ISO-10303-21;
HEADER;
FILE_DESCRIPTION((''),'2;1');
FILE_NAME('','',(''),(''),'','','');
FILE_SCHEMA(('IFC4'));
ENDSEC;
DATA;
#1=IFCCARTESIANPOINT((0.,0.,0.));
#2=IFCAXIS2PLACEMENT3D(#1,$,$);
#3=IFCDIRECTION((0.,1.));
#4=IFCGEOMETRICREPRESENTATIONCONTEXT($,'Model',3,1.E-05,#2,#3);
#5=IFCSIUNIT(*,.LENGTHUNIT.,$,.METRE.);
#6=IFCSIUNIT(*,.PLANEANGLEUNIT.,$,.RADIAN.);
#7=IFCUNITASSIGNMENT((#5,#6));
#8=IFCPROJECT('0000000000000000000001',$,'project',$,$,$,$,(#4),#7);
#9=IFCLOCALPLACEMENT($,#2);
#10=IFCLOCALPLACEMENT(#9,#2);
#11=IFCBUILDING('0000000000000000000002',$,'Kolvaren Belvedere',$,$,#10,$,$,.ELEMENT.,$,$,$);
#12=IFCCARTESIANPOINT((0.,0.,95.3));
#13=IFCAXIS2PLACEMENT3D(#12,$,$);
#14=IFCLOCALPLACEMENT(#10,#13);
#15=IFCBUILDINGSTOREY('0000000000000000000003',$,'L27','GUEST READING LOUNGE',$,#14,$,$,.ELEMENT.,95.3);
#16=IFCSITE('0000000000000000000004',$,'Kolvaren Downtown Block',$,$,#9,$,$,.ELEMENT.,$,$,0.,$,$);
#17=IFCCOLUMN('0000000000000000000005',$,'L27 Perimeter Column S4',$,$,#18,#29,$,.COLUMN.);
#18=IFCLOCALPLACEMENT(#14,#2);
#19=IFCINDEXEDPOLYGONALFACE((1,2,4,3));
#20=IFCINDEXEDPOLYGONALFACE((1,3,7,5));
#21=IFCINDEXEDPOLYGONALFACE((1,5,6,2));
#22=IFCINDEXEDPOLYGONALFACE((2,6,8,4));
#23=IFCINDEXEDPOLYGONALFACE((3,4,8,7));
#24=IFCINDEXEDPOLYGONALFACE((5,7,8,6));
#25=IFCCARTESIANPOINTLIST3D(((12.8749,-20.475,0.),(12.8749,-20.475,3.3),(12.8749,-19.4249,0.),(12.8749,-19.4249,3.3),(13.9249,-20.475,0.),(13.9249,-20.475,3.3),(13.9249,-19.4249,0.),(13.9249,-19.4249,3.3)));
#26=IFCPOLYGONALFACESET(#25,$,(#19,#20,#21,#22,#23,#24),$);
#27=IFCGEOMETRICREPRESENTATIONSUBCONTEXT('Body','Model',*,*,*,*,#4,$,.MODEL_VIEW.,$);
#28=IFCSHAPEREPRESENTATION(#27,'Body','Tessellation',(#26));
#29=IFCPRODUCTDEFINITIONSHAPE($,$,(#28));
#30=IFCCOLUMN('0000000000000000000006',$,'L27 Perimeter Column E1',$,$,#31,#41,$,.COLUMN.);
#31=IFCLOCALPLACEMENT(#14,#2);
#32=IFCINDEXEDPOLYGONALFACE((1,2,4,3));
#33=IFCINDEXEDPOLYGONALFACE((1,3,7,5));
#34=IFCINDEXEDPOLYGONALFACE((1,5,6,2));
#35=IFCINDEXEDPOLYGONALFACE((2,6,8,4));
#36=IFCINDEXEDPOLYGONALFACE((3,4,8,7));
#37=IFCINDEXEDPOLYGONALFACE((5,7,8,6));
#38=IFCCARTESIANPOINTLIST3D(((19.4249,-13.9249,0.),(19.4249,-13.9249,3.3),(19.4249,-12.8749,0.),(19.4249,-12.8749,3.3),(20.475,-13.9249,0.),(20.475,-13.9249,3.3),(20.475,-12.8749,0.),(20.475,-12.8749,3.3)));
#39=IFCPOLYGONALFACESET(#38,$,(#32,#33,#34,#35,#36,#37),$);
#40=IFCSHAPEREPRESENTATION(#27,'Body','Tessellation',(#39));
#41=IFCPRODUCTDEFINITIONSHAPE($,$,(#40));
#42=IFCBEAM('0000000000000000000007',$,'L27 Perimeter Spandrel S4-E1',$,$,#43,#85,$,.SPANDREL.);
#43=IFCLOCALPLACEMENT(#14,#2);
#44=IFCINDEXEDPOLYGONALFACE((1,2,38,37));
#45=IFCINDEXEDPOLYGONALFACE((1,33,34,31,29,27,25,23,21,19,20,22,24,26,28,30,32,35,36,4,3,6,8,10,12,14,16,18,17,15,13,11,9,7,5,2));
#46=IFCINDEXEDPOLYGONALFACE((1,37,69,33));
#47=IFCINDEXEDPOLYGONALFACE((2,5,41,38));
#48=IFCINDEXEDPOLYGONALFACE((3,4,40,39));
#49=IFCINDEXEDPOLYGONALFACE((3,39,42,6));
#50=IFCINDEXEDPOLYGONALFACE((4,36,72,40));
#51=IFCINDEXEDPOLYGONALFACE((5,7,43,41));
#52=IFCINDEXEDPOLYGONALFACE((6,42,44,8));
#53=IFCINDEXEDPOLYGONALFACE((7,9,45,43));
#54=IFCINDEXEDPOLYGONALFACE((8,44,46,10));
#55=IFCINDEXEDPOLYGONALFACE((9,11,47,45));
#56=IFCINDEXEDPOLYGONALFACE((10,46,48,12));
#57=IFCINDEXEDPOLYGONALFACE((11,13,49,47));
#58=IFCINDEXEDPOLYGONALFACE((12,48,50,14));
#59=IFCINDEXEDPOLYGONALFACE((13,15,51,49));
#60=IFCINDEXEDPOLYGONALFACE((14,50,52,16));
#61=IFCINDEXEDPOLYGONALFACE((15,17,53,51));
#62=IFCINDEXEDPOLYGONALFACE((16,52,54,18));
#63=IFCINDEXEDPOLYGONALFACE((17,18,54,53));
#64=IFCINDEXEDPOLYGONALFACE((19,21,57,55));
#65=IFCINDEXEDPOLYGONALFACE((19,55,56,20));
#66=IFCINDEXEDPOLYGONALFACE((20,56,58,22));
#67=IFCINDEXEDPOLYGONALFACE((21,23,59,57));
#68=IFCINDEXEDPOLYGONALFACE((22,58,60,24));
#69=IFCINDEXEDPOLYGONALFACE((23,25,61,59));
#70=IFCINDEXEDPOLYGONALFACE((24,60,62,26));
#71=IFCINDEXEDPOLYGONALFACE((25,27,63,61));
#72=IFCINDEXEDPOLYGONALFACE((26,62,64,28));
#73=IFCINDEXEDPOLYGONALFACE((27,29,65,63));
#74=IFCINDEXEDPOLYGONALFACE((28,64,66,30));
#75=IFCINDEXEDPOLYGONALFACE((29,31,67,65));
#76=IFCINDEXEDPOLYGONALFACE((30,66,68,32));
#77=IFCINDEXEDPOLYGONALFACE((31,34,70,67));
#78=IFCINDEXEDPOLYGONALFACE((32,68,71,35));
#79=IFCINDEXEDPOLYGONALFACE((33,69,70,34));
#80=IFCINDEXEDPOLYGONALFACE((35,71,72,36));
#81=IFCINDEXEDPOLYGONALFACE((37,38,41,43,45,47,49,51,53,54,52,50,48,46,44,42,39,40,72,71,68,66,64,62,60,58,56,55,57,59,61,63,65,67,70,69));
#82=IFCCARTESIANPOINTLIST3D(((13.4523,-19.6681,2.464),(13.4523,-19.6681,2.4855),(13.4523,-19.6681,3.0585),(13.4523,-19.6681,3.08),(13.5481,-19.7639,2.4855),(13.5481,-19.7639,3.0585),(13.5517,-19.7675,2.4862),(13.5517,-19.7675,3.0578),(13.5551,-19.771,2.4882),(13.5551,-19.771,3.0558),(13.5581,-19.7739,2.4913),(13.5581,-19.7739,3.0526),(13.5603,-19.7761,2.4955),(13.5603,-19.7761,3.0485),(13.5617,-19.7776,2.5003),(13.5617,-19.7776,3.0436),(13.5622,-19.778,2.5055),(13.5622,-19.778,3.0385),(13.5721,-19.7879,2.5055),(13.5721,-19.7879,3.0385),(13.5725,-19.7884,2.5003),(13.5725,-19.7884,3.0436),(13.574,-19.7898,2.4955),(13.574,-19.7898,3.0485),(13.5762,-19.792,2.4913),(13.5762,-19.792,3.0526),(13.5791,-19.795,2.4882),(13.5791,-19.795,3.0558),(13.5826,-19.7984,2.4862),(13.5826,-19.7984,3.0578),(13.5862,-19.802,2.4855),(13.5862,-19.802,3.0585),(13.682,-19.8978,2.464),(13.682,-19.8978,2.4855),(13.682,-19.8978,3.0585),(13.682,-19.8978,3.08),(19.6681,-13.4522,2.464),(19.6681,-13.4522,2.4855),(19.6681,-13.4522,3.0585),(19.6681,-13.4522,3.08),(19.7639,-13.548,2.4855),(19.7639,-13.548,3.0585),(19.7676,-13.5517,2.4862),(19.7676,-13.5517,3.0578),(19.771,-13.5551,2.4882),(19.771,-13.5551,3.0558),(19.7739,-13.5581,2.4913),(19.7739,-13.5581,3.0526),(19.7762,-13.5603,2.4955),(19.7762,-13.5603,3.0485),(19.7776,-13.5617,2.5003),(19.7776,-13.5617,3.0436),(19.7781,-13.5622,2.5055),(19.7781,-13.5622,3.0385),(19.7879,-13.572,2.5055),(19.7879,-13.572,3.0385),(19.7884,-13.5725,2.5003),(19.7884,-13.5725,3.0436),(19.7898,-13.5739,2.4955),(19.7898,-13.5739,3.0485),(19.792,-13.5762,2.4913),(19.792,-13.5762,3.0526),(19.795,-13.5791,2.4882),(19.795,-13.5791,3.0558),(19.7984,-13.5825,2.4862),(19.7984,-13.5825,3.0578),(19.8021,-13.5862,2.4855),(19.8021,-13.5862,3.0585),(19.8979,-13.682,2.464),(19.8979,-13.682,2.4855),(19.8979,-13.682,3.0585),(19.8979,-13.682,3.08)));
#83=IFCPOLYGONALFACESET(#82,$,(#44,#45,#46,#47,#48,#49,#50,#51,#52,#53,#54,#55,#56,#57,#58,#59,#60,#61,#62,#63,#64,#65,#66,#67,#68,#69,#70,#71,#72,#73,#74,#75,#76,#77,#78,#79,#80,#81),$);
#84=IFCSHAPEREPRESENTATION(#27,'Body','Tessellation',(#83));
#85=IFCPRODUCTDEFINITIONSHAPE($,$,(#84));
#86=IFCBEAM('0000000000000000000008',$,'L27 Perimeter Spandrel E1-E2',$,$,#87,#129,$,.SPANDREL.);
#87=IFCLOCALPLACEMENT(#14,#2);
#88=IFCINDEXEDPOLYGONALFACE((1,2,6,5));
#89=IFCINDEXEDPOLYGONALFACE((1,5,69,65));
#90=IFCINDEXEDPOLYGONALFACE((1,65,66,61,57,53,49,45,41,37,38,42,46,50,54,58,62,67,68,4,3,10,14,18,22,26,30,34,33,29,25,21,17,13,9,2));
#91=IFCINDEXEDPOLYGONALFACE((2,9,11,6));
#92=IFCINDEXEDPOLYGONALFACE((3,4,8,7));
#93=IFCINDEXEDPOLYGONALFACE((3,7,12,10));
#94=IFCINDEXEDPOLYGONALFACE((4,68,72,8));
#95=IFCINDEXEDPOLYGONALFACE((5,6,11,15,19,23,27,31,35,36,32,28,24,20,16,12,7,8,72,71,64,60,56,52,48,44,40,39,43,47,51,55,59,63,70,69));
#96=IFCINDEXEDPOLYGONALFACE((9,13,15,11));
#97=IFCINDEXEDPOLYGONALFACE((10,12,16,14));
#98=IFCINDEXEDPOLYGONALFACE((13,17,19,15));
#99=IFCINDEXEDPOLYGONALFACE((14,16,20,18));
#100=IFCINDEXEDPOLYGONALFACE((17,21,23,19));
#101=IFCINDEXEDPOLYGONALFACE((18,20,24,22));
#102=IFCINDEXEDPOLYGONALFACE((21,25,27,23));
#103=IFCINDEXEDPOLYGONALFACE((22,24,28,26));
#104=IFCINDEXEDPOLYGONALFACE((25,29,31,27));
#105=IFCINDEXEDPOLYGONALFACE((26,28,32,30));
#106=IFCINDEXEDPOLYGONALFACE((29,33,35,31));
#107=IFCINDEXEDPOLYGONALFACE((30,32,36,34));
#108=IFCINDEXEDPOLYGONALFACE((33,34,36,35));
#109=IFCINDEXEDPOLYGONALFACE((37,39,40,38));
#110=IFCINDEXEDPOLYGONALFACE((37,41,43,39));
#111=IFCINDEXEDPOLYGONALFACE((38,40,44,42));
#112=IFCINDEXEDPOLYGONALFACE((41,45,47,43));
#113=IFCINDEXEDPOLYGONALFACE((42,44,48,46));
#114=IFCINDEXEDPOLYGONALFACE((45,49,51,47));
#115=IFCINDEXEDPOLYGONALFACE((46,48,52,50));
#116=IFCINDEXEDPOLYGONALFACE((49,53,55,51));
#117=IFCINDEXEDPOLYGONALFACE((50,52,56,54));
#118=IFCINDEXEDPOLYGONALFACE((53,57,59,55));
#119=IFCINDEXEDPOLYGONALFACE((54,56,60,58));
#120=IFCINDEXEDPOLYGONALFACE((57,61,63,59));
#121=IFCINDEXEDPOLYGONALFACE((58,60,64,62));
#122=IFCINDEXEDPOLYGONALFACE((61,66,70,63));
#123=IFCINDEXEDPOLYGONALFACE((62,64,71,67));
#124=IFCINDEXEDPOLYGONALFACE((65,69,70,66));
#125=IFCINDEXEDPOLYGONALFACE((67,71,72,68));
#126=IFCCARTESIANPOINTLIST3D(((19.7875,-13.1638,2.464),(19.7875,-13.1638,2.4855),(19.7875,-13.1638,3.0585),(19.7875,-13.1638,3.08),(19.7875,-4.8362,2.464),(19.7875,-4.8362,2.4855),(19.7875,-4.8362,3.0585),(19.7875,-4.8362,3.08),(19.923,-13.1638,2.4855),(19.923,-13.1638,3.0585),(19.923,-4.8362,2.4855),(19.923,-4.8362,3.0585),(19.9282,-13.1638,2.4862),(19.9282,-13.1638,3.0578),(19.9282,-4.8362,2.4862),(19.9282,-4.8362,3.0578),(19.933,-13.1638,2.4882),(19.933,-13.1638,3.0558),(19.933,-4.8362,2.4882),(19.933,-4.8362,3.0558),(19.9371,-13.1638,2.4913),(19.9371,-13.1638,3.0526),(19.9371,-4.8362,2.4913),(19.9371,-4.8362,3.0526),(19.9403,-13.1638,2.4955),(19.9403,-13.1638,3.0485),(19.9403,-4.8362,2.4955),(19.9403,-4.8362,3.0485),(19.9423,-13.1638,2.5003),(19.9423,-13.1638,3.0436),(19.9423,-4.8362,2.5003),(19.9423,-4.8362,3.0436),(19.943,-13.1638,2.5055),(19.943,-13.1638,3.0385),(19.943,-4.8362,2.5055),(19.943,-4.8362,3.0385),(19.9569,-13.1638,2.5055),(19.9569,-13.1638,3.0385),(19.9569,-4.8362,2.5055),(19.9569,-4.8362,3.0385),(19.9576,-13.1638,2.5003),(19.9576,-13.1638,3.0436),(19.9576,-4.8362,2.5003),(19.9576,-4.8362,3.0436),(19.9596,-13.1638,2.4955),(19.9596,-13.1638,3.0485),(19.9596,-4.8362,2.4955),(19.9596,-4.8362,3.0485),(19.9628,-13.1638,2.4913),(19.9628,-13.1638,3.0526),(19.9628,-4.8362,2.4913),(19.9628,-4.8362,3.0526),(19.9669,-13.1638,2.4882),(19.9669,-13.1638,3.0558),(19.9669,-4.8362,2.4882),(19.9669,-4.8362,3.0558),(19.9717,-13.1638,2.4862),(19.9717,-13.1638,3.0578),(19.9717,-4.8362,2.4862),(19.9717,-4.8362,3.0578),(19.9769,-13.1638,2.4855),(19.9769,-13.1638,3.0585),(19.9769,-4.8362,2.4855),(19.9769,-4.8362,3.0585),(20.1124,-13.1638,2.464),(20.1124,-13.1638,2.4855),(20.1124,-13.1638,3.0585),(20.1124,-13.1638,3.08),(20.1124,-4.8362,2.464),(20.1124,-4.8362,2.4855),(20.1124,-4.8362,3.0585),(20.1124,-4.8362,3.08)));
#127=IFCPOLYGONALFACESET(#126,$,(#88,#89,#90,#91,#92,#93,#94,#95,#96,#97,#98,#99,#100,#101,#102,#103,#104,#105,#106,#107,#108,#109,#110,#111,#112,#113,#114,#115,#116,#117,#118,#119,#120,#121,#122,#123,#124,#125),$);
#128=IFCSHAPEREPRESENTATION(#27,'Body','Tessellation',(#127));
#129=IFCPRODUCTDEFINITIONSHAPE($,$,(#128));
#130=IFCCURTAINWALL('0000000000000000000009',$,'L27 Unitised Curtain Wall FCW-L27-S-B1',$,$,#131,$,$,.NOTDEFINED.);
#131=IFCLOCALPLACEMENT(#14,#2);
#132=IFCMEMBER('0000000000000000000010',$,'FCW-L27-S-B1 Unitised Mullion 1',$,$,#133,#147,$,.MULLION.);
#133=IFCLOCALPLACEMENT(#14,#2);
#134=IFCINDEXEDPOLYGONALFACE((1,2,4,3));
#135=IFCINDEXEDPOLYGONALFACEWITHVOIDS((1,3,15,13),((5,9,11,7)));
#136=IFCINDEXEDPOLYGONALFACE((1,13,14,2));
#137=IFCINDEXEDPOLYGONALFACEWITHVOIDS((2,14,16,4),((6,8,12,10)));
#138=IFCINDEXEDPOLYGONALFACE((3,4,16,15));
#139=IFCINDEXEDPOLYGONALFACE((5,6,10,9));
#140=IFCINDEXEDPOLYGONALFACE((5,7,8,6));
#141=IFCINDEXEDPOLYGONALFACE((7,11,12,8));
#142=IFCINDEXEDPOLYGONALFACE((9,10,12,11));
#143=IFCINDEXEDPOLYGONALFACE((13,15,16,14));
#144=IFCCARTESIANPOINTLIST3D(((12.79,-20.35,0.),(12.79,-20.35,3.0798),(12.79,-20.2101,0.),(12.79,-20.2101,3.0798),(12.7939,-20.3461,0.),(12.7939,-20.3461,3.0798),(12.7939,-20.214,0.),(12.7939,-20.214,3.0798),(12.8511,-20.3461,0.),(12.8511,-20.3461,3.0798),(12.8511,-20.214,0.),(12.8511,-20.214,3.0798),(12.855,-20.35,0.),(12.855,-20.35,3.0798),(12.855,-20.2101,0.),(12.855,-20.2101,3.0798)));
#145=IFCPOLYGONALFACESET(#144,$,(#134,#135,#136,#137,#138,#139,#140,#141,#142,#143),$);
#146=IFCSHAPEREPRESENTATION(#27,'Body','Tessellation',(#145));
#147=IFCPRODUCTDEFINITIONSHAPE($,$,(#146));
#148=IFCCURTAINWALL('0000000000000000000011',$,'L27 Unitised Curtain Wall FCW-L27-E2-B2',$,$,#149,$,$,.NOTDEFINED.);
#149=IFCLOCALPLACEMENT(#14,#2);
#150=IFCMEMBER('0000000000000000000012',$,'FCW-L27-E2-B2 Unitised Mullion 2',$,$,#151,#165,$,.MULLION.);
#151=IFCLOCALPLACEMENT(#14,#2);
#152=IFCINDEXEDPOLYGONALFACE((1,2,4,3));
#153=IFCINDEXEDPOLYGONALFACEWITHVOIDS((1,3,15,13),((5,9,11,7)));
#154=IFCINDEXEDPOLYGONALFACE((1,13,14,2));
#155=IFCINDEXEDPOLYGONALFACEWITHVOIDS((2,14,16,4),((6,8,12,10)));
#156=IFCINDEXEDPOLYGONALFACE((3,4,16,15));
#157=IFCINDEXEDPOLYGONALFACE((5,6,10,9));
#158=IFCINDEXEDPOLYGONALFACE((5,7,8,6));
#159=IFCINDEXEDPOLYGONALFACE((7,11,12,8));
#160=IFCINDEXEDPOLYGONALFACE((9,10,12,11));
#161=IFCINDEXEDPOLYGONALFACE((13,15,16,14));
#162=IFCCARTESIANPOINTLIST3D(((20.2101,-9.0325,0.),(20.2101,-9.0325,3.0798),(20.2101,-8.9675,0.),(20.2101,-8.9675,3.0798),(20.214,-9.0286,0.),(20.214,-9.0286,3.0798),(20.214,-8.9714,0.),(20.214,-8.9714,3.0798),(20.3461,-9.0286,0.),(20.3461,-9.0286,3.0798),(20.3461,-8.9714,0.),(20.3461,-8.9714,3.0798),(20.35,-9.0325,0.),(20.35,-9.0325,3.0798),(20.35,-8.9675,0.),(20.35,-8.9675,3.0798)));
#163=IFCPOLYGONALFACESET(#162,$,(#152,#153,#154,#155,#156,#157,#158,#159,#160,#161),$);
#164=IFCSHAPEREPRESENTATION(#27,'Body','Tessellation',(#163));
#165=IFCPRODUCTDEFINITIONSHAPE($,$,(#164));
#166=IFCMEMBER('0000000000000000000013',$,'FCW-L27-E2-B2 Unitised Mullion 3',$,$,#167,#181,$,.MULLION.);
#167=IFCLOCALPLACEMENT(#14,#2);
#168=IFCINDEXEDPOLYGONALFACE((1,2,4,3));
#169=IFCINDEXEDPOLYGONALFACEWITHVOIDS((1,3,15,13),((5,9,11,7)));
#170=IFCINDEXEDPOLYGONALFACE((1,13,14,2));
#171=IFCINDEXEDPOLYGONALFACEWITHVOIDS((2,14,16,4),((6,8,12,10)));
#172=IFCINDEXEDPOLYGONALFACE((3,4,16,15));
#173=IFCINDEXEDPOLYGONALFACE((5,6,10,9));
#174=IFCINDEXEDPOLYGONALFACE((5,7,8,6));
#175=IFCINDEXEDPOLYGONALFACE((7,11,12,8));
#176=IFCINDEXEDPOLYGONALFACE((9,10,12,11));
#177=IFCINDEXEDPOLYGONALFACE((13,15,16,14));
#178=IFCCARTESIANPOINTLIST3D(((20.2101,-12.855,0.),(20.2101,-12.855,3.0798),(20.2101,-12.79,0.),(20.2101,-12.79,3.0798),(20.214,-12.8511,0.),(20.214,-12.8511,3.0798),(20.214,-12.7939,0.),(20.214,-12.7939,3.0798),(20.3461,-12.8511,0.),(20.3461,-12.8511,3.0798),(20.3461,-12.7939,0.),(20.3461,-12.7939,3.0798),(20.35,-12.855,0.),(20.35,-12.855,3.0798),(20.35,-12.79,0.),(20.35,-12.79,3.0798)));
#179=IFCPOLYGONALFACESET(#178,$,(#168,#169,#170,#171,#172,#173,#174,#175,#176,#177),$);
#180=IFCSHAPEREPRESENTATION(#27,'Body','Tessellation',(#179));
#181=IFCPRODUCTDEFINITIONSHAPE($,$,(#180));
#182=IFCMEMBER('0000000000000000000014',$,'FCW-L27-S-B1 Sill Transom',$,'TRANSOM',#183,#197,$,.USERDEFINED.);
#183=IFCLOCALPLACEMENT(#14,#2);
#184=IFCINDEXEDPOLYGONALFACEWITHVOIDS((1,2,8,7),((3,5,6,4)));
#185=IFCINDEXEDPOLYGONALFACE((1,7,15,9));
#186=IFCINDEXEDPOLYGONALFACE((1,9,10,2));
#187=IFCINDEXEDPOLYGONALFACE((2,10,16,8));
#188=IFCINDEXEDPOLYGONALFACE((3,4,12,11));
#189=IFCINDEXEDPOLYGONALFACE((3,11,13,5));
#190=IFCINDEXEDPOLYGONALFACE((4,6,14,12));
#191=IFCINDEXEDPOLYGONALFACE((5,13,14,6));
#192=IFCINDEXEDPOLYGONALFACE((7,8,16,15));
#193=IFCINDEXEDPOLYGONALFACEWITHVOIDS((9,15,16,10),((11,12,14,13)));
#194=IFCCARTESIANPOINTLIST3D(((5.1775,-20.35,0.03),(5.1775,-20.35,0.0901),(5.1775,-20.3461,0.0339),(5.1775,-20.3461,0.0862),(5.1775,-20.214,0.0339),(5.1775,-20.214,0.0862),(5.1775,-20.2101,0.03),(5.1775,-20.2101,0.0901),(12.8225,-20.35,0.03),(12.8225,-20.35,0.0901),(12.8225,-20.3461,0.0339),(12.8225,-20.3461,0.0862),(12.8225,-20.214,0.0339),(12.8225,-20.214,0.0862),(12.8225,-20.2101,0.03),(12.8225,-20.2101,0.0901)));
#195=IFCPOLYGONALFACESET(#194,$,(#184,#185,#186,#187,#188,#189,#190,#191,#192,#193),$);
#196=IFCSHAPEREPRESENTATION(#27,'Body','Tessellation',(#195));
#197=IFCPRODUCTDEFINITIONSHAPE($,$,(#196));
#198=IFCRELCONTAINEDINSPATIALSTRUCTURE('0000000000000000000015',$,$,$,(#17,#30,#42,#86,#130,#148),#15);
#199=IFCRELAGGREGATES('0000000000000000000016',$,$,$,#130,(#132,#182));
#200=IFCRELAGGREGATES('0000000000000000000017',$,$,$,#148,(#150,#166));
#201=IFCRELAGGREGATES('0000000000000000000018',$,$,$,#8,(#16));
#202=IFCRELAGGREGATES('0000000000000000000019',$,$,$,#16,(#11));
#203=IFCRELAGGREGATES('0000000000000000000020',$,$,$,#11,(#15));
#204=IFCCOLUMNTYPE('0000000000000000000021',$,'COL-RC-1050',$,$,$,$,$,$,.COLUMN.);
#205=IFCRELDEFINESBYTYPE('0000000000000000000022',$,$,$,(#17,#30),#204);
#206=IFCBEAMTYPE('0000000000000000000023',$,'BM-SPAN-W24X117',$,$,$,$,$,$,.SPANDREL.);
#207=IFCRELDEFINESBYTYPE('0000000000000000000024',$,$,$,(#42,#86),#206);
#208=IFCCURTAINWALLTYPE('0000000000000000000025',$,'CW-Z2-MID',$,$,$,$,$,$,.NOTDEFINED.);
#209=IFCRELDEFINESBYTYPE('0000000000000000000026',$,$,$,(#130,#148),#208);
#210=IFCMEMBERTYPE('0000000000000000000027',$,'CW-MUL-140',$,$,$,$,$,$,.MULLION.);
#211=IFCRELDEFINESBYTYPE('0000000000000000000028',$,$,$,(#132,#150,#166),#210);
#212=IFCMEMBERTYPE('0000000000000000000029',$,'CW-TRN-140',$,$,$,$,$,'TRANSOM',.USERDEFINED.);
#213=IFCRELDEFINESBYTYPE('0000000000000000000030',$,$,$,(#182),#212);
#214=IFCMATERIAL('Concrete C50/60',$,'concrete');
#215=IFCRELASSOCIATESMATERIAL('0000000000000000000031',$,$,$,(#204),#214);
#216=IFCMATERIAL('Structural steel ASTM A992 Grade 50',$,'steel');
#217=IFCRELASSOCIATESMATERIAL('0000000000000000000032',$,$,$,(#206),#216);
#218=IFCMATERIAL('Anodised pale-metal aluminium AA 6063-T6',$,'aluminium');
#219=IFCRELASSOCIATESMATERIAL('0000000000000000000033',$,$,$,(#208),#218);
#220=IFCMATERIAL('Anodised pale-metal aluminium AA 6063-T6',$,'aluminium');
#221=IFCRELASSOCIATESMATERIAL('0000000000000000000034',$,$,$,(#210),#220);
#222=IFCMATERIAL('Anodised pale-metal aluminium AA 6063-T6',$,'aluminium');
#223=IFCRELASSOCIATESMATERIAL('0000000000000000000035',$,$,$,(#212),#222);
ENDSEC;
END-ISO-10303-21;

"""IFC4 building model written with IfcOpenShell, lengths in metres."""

from ifc_helpers import new_model, si_unit, direction, frame, origin, origin_2d, place, context, subcontext, project, spatial, rectangle, hollow_rectangle, i_section, extrude, material, material_profile, profile_set, type_object, element, aggregate, save


model = new_model("IFC4")

# Units and contexts
model_context = context("Model", 3, precision=1e-05, world=origin(), true_north=direction((0.0, 1.0)))
body_context = subcontext(model_context, "Body", "Model", "MODEL_VIEW")
ifc_project = project(units=[si_unit("LENGTHUNIT", "METRE"), si_unit("PLANEANGLEUNIT", "RADIAN")], contexts=[model_context])

# Site, building, storey
site_placement = place(None, origin())
site = spatial("IfcSite", under=ifc_project, at=site_placement, Name="Kolvaren Downtown Block", CompositionType="ELEMENT", RefElevation=0.0)
building_placement = place(site_placement, origin())
building = spatial("IfcBuilding", under=site, at=building_placement, Name="Kolvaren Belvedere", CompositionType="ELEMENT")
storey_placement = place(building_placement, frame((0.0, 0.0, 95.3)))
storey = spatial("IfcBuildingStorey", under=building, at=storey_placement, Name="L27", Description="GUEST READING LOUNGE", CompositionType="ELEMENT", Elevation=95.3)

# Columns
ifc_material_1 = material(Name="Concrete C50/60", Category="concrete")
ifc_material_profile_1 = material_profile(ifc_material_1, rectangle(XDim=1.05, YDim=1.05, at=origin_2d()), Name="RC 1050X1050")
ifc_profile_set_1 = profile_set([ifc_material_profile_1], Name="Concrete C50/60")
column_type = type_object("IfcColumnType", Name="COL-RC-1050", PredefinedType="COLUMN", material=ifc_profile_set_1)
for number, where, z_axis, x_axis, name in (
    (1, (13.3999, -19.95, 0.0), (0.0, 0.0, 1.0), (1.0, 0.0, 0.0), "L27 Perimeter Column S4"),
    (2, (19.95, -13.3999, 0.0), (0.0, 0.0, 1.0), (1.0, 0.0, 0.0), "L27 Perimeter Column E1"),
):
    element("IfcColumn", number, at=place(storey_placement, frame(where, z_axis=z_axis, x_axis=x_axis)), inside=storey, type_object=column_type, Name=name, PredefinedType="COLUMN", context=body_context, shape_type="SweptSolid", body=[
        extrude(rectangle(XDim=1.05, YDim=1.05, at=origin_2d()), origin(), (0.0, 0.0, 1.0), 3.3),
    ])

# Beams
ifc_material_2 = material(Name="Structural steel ASTM A992 Grade 50", Category="steel")
ifc_material_profile_2 = material_profile(ifc_material_2, i_section(OverallWidth=0.325, OverallDepth=0.616, WebThickness=0.0139, FlangeThickness=0.0215, FilletRadius=0.02, at=origin_2d()), Name="W24X117")
ifc_profile_set_2 = profile_set([ifc_material_profile_2], Name="Structural steel ASTM A992 Grade 50")
beam_type = type_object("IfcBeamType", Name="BM-SPAN-W24X117", PredefinedType="SPANDREL", material=ifc_profile_set_2)
beam_1_placement = place(storey_placement, frame((13.5671, -19.783, 2.772), z_axis=(0.707107, 0.707107, 0.0), x_axis=(-0.707107, 0.707107, 0.0)))
element("IfcBeam", 3, at=beam_1_placement, inside=storey, type_object=beam_type, Name="L27 Perimeter Spandrel S4-E1", PredefinedType="SPANDREL", context=body_context, shape_type="SweptSolid", body=[
    extrude(i_section(OverallWidth=0.325, OverallDepth=0.616, WebThickness=0.0139, FlangeThickness=0.0215, FilletRadius=0.02, at=origin_2d()), origin(), (0.0, 0.0, 1.0), 8.7905),
])
beam_2_placement = place(storey_placement, frame((19.95, -13.1638, 2.772), z_axis=(0.0, 1.0, 0.0), x_axis=(-1.0, 0.0, 0.0)))
element("IfcBeam", 4, at=beam_2_placement, inside=storey, type_object=beam_type, Name="L27 Perimeter Spandrel E1-E2", PredefinedType="SPANDREL", context=body_context, shape_type="SweptSolid", body=[
    extrude(i_section(OverallWidth=0.325, OverallDepth=0.616, WebThickness=0.0139, FlangeThickness=0.0215, FilletRadius=0.02, at=origin_2d()), origin(), (0.0, 0.0, 1.0), 8.3276),
])

# Curtain wall, member
ifc_material_3 = material(Name="Anodised pale-metal aluminium AA 6063-T6", Category="aluminium")
curtain_wall_type = type_object("IfcCurtainWallType", Name="CW-Z2-MID", PredefinedType="NOTDEFINED", material=ifc_material_3)
curtain_wall_1_placement = place(storey_placement, origin())
curtain_wall_1 = element("IfcCurtainWall", 5, at=curtain_wall_1_placement, inside=storey, type_object=curtain_wall_type, Name="L27 Unitised Curtain Wall FCW-L27-S-B1", PredefinedType="NOTDEFINED")
ifc_material_4 = material(Name="Anodised pale-metal aluminium AA 6063-T6", Category="aluminium")
ifc_material_profile_3 = material_profile(ifc_material_4, hollow_rectangle(XDim=0.0649, YDim=0.1399, WallThickness=0.0039, at=origin_2d()), Name="ALU-MUL-140X65")
ifc_profile_set_3 = profile_set([ifc_material_profile_3], Name="Anodised pale-metal aluminium AA 6063-T6")
member_type_1 = type_object("IfcMemberType", Name="CW-MUL-140", PredefinedType="MULLION", material=ifc_profile_set_3)
member_1_placement = place(storey_placement, frame((12.8225, -20.28, 0.0), z_axis=(0.0, 0.0, 1.0), x_axis=(1.0, 0.0, 0.0)))
member_1 = element("IfcMember", 6, at=member_1_placement, type_object=member_type_1, Name="FCW-L27-S-B1 Unitised Mullion 1", PredefinedType="MULLION", context=body_context, shape_type="SweptSolid", body=[
    extrude(hollow_rectangle(XDim=0.0649, YDim=0.1399, WallThickness=0.0039, at=origin_2d()), origin(), (0.0, 0.0, 1.0), 3.0798),
])

# Curtain wall, members
curtain_wall_2_placement = place(storey_placement, origin())
curtain_wall_2 = element("IfcCurtainWall", 7, at=curtain_wall_2_placement, inside=storey, type_object=curtain_wall_type, Name="L27 Unitised Curtain Wall FCW-L27-E2-B2", PredefinedType="NOTDEFINED")
member_2_placement = place(storey_placement, frame((20.28, -9.0, 0.0), z_axis=(0.0, 0.0, 1.0), x_axis=(0.0, 1.0, 0.0)))
member_2 = element("IfcMember", 8, at=member_2_placement, type_object=member_type_1, Name="FCW-L27-E2-B2 Unitised Mullion 2", PredefinedType="MULLION", context=body_context, shape_type="SweptSolid", body=[
    extrude(hollow_rectangle(XDim=0.0649, YDim=0.1399, WallThickness=0.0039, at=origin_2d()), origin(), (0.0, 0.0, 1.0), 3.0798),
])
member_3_placement = place(storey_placement, frame((20.28, -12.8225, 0.0), z_axis=(0.0, 0.0, 1.0), x_axis=(0.0, 1.0, 0.0)))
member_3 = element("IfcMember", 9, at=member_3_placement, type_object=member_type_1, Name="FCW-L27-E2-B2 Unitised Mullion 3", PredefinedType="MULLION", context=body_context, shape_type="SweptSolid", body=[
    extrude(hollow_rectangle(XDim=0.0649, YDim=0.1399, WallThickness=0.0039, at=origin_2d()), origin(), (0.0, 0.0, 1.0), 3.0798),
])

# Member
ifc_material_5 = material(Name="Anodised pale-metal aluminium AA 6063-T6", Category="aluminium")
ifc_material_profile_4 = material_profile(ifc_material_5, hollow_rectangle(XDim=0.0601, YDim=0.1399, WallThickness=0.0039, at=origin_2d()), Name="ALU-TRN-140X60")
ifc_profile_set_4 = profile_set([ifc_material_profile_4], Name="Anodised pale-metal aluminium AA 6063-T6")
member_type_2 = type_object("IfcMemberType", Name="CW-TRN-140", ElementType="TRANSOM", PredefinedType="USERDEFINED", material=ifc_profile_set_4)
member_4_placement = place(storey_placement, frame((12.8225, -20.28, 0.0601), z_axis=(-1.0, 0.0, 0.0), x_axis=(0.0, 0.0, 1.0)))
member_4 = element("IfcMember", 10, at=member_4_placement, type_object=member_type_2, Name="FCW-L27-S-B1 Sill Transom", ObjectType="TRANSOM", PredefinedType="USERDEFINED", context=body_context, shape_type="SweptSolid", body=[
    extrude(hollow_rectangle(XDim=0.0601, YDim=0.1399, WallThickness=0.0039, at=origin_2d()), origin(), (0.0, 0.0, 1.0), 7.645),
])
aggregate(curtain_wall_1, [member_1, member_4])

aggregate(curtain_wall_2, [member_2, member_3])

save(model, "model.ifc")
